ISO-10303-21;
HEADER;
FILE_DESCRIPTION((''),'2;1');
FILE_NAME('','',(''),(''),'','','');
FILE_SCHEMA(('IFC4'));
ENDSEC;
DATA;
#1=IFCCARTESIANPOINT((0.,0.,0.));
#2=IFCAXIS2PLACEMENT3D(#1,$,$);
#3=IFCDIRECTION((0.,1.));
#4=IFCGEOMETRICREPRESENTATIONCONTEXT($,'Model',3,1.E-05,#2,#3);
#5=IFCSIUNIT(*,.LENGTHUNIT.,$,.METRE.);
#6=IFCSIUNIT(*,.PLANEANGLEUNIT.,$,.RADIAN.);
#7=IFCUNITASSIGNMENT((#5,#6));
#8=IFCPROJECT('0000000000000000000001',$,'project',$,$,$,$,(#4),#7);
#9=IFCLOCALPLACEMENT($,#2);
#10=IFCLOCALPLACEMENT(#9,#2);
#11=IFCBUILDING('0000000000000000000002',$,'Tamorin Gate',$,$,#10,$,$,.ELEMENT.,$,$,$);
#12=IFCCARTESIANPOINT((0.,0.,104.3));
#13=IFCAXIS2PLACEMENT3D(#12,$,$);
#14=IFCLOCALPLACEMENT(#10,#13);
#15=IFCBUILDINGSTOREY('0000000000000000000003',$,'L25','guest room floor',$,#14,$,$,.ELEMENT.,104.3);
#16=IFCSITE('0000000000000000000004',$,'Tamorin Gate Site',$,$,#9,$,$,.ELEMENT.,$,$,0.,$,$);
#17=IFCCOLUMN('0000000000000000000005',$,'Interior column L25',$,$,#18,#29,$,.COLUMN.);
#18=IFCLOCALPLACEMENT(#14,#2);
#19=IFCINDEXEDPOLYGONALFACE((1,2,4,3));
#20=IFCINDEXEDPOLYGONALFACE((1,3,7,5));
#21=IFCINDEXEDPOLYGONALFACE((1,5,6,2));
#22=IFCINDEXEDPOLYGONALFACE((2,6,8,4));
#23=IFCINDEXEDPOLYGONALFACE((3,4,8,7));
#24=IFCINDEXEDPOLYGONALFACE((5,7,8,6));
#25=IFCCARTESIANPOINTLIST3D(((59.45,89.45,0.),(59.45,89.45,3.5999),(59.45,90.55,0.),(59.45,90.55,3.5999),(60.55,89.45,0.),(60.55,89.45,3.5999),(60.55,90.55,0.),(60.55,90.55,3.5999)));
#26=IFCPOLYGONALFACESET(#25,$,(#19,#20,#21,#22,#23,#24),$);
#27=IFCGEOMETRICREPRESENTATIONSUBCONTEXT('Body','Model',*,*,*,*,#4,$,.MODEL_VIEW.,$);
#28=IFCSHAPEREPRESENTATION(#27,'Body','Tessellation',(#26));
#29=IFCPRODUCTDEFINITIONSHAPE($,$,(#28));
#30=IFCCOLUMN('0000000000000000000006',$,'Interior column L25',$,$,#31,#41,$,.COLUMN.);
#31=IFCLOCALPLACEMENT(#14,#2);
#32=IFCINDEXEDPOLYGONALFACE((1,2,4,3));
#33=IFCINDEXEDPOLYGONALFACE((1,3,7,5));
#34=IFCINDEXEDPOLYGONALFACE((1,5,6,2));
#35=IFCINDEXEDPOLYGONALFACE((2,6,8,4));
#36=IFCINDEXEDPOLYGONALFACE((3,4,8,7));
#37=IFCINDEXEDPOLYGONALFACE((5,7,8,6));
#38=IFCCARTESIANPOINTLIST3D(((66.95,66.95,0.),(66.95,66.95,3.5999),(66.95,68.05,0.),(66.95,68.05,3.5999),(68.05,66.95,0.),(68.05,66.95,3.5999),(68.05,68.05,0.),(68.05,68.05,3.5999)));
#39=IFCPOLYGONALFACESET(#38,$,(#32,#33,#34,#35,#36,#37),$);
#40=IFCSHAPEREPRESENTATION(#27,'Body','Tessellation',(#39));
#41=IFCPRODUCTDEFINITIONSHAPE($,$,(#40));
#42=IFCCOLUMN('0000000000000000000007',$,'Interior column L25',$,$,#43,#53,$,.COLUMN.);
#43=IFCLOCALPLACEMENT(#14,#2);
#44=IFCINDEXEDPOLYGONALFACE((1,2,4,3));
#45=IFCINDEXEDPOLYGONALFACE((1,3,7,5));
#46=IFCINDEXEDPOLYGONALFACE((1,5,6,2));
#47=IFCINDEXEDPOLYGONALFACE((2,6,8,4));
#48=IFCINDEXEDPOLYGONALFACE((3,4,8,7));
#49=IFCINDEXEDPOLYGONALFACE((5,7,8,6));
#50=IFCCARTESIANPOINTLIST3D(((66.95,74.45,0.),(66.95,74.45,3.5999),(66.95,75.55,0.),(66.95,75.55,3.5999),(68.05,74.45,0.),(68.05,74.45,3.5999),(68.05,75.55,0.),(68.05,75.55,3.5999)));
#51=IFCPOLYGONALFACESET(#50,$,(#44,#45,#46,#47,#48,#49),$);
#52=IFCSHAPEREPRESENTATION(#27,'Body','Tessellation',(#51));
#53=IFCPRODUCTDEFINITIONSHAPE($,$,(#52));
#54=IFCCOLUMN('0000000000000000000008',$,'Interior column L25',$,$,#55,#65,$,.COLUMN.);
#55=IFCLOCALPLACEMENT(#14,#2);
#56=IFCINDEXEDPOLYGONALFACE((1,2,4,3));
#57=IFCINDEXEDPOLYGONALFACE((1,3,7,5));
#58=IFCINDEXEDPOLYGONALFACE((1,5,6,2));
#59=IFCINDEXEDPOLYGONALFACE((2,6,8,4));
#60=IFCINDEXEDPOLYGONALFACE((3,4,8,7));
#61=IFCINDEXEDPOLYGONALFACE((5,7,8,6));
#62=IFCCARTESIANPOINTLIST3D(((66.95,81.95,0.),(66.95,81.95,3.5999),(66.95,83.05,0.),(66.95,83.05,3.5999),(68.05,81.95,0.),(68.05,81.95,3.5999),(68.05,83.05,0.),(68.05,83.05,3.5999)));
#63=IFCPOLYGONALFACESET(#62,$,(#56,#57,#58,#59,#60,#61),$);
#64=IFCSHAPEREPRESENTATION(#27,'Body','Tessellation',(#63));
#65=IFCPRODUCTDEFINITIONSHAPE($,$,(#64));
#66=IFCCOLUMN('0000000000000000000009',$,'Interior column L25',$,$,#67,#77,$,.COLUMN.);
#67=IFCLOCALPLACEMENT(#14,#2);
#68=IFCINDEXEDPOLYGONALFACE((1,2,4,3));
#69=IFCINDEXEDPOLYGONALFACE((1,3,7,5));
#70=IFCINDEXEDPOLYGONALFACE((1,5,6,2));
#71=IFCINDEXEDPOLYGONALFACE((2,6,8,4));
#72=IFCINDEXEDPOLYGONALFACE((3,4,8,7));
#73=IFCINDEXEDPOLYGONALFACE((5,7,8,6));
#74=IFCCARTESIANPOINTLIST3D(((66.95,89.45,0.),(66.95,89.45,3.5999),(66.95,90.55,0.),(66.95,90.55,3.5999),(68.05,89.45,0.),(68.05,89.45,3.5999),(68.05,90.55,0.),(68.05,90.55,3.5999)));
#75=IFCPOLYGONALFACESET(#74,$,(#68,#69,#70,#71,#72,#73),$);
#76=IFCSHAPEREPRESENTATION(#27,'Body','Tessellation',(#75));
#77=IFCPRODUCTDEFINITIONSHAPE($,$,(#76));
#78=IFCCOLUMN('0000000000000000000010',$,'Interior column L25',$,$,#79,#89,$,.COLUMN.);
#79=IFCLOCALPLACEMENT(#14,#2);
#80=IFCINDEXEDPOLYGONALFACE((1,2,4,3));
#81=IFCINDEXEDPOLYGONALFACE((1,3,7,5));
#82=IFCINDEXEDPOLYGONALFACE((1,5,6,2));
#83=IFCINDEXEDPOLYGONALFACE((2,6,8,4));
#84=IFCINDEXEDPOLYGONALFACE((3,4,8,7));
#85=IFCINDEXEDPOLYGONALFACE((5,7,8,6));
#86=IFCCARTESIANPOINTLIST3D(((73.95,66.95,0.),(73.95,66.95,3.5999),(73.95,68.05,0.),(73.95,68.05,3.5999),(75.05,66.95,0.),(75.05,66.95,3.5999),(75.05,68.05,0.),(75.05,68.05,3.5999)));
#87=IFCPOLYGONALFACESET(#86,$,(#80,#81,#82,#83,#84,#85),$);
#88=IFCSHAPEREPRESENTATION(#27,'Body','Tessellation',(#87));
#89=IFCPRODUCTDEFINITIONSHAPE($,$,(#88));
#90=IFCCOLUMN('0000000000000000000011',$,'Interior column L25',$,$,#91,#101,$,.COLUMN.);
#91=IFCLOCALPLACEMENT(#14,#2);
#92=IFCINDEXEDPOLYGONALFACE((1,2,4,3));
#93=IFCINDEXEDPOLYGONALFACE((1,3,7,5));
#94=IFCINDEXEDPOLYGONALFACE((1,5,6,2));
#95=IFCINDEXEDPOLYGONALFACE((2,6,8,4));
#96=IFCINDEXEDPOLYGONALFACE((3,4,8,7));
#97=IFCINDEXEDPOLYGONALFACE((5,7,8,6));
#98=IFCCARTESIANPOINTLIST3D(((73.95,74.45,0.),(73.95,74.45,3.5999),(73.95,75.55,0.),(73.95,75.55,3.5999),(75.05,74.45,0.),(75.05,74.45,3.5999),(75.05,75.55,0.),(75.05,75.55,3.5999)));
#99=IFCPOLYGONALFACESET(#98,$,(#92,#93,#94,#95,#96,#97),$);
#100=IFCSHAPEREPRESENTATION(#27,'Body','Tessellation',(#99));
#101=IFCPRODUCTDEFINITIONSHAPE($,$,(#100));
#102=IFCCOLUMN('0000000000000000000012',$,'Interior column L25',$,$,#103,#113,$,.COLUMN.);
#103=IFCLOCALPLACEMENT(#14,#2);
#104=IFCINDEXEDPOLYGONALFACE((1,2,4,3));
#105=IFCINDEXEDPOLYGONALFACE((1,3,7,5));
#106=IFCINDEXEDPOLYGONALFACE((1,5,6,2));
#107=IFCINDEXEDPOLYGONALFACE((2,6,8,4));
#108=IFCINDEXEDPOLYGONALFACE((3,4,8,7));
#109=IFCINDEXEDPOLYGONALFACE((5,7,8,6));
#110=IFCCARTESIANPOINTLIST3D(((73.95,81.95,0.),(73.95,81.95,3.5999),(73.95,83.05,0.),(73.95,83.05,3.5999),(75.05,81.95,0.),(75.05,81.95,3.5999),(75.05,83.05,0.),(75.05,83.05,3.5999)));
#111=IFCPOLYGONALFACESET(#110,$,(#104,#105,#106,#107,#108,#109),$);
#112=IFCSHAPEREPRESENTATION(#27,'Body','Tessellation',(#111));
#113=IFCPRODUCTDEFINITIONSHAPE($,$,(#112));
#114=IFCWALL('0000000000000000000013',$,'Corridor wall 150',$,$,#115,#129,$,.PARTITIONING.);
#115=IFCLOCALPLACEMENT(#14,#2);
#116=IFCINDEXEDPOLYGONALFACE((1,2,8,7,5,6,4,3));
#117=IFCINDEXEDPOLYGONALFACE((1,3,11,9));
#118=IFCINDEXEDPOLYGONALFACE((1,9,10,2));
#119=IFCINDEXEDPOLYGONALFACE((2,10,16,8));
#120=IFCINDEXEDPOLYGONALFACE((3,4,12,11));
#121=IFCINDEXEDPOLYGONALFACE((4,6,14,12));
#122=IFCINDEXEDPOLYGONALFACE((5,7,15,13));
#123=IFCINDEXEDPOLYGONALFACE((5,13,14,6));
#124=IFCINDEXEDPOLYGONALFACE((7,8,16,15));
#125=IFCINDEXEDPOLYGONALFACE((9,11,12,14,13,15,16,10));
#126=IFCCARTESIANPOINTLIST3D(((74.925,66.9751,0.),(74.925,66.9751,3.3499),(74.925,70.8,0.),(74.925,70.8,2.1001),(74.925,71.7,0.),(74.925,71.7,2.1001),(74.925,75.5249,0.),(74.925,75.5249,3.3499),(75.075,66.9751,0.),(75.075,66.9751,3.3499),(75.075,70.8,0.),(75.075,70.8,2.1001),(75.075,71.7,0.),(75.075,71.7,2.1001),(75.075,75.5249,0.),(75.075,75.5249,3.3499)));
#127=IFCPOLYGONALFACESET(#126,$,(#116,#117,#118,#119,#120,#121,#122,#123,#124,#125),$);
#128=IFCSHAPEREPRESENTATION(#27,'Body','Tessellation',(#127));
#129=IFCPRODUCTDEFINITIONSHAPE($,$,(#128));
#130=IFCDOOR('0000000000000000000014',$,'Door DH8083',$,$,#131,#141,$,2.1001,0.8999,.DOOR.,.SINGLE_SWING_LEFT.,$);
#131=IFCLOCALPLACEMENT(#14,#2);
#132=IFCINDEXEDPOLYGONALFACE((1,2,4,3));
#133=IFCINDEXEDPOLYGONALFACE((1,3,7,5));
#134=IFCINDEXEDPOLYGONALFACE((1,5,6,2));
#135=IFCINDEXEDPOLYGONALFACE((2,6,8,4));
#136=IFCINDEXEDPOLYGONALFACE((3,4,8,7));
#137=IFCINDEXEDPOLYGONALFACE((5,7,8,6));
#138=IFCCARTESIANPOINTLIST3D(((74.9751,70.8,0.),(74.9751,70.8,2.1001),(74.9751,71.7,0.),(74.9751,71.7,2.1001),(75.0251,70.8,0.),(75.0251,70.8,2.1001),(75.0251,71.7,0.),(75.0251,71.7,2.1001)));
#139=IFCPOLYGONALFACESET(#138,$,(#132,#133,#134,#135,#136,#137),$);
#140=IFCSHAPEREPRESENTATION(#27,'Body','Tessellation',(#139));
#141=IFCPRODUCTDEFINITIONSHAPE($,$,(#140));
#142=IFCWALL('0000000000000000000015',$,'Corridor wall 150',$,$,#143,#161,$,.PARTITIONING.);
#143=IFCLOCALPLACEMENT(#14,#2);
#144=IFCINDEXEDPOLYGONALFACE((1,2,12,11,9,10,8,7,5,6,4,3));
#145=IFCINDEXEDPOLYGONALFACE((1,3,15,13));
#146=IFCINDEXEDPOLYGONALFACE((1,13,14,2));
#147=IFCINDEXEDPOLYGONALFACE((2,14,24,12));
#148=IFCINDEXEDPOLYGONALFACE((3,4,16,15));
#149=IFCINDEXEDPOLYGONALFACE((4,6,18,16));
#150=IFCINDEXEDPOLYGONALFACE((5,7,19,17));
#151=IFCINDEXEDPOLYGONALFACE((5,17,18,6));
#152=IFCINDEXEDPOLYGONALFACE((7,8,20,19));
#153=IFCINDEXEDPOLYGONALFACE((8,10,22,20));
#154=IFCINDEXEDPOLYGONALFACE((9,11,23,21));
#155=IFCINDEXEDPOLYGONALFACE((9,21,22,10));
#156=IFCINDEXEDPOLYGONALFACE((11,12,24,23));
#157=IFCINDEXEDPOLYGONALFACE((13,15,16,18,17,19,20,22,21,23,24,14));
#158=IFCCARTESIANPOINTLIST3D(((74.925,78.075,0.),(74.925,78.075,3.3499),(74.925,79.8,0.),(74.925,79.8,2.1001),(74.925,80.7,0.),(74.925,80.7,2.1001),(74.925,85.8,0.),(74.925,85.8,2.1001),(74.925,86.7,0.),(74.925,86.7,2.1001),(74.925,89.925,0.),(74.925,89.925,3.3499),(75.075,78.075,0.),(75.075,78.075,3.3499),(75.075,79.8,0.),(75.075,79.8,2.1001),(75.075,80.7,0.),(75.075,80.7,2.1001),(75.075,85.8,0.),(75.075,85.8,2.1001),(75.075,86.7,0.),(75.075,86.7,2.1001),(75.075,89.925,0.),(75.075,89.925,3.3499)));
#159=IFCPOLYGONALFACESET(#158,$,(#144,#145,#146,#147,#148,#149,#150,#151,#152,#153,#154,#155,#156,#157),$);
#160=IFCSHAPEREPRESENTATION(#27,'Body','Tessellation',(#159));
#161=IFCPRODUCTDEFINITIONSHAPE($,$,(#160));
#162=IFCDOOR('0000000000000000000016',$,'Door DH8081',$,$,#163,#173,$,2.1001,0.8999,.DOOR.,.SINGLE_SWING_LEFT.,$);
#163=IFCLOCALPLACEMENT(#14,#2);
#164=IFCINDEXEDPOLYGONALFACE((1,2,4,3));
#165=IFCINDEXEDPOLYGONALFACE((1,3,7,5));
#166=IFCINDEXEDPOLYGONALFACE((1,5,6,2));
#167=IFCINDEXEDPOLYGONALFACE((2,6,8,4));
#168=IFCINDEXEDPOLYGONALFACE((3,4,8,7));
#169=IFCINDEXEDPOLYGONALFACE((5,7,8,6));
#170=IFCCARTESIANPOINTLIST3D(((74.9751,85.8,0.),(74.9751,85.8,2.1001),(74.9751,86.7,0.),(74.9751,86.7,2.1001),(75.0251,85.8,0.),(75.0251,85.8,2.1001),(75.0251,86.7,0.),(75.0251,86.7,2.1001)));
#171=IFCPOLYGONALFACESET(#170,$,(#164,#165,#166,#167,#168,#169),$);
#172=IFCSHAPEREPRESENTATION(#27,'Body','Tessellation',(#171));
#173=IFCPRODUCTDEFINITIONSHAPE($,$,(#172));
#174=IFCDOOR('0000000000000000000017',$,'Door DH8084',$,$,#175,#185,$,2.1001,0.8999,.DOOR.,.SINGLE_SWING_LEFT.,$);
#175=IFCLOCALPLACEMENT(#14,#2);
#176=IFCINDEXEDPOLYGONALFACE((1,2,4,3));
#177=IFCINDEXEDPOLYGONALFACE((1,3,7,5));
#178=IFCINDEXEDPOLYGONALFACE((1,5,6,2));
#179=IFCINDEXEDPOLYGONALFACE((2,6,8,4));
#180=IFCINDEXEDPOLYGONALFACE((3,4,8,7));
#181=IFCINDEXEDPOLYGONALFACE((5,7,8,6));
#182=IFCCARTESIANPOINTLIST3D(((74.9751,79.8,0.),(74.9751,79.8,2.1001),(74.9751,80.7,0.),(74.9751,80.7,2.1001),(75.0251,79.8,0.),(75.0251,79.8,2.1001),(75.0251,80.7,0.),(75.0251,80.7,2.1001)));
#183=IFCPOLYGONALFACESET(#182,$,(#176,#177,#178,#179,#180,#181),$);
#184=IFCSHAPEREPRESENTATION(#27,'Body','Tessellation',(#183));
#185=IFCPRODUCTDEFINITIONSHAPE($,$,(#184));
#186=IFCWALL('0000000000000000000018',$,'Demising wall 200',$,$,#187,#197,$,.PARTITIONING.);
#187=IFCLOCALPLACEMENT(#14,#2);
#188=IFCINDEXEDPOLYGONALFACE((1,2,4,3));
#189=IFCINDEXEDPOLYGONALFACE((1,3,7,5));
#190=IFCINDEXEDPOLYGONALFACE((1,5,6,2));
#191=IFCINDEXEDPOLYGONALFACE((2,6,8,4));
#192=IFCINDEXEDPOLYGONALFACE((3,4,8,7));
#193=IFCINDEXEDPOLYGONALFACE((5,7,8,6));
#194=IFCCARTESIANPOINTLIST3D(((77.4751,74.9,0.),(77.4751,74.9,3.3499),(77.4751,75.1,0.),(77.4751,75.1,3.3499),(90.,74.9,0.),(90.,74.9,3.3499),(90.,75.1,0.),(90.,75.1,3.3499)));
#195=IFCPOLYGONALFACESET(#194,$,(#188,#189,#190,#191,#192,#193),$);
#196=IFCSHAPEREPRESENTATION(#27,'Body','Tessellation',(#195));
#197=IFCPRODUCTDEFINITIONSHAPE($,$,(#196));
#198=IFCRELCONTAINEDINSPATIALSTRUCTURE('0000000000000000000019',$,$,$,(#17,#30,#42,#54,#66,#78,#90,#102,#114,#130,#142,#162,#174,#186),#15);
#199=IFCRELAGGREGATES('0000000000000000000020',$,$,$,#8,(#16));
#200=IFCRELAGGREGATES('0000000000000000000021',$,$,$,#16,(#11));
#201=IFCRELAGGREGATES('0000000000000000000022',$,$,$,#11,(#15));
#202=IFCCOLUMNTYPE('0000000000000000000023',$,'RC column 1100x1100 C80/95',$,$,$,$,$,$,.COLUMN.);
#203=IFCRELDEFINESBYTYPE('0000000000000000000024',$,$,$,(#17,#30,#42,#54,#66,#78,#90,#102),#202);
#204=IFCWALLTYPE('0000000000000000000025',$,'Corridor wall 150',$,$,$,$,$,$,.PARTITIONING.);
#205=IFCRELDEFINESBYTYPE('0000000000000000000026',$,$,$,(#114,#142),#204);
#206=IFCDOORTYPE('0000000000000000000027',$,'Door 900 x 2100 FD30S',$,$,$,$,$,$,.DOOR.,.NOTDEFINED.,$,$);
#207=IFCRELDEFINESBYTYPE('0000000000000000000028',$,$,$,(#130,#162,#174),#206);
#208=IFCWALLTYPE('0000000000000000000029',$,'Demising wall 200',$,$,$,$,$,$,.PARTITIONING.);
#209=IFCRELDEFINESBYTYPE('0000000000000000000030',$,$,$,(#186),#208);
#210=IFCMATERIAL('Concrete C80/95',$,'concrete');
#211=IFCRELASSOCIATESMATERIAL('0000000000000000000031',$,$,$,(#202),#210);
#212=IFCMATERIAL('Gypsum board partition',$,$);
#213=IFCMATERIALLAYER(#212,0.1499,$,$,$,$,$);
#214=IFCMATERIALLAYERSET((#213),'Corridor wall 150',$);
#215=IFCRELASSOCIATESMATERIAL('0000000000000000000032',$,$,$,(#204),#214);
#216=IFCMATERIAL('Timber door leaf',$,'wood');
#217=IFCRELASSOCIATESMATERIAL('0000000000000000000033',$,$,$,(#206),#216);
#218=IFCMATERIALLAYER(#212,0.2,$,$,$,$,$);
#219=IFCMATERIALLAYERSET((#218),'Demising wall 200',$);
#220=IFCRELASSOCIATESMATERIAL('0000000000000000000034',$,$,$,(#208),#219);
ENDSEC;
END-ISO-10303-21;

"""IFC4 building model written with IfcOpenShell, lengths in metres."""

from ifc_helpers import new_model, si_unit, direction, frame, frame_2d, origin, origin_2d, place, context, subcontext, project, spatial, rectangle, extrude, material, layer, layer_set, material_profile, profile_set, type_object, element, fill, save


model = new_model("IFC4")

# Units and contexts
model_context = context("Model", 3, precision=1e-05, world=origin(), true_north=direction((0.0, 1.0)))
body_context = subcontext(model_context, "Body", "Model", "MODEL_VIEW")
ifc_project = project(units=[si_unit("LENGTHUNIT", "METRE"), si_unit("PLANEANGLEUNIT", "RADIAN")], contexts=[model_context])

# Site, building, storey
site_placement = place(None, origin())
site = spatial("IfcSite", under=ifc_project, at=site_placement, Name="Tamorin Gate Site", CompositionType="ELEMENT", RefElevation=0.0)
building_placement = place(site_placement, origin())
building = spatial("IfcBuilding", under=site, at=building_placement, Name="Tamorin Gate", CompositionType="ELEMENT")
storey_placement = place(building_placement, frame((0.0, 0.0, 104.3)))
storey = spatial("IfcBuildingStorey", under=building, at=storey_placement, Name="L25", Description="guest room floor", CompositionType="ELEMENT", Elevation=104.3)

# Columns
ifc_material_1 = material(Name="Concrete C80/95", Category="concrete")
ifc_material_profile = material_profile(ifc_material_1, rectangle(XDim=1.1001, YDim=1.1001, at=origin_2d()), Name="RC 1100x1100")
ifc_profile_set = profile_set([ifc_material_profile], Name="Concrete C80/95")
column_type = type_object("IfcColumnType", Name="RC column 1100x1100 C80/95", PredefinedType="COLUMN", material=ifc_profile_set)
for number, where, z_axis, x_axis, name in (
    (1, (60.0, 90.0, 0.0), (0.0, 0.0, 1.0), (1.0, 0.0, 0.0), "Interior column L25"),
    (2, (67.5, 67.5, 0.0), (0.0, 0.0, 1.0), (1.0, 0.0, 0.0), "Interior column L25"),
    (3, (67.5, 75.0, 0.0), (0.0, 0.0, 1.0), (1.0, 0.0, 0.0), "Interior column L25"),
    (4, (67.5, 82.5, 0.0), (0.0, 0.0, 1.0), (1.0, 0.0, 0.0), "Interior column L25"),
    (5, (67.5, 90.0, 0.0), (0.0, 0.0, 1.0), (1.0, 0.0, 0.0), "Interior column L25"),
    (6, (74.5, 67.5, 0.0), (0.0, 0.0, 1.0), (1.0, 0.0, 0.0), "Interior column L25"),
    (7, (74.5, 75.0, 0.0), (0.0, 0.0, 1.0), (1.0, 0.0, 0.0), "Interior column L25"),
    (8, (74.5, 82.5, 0.0), (0.0, 0.0, 1.0), (1.0, 0.0, 0.0), "Interior column L25"),
):
    element("IfcColumn", number, at=place(storey_placement, frame(where, z_axis=z_axis, x_axis=x_axis)), inside=storey, type_object=column_type, Name=name, PredefinedType="COLUMN", context=body_context, shape_type="SweptSolid", body=[
        extrude(rectangle(XDim=1.1001, YDim=1.1001, at=origin_2d()), origin(), (0.0, 0.0, 1.0), 3.5999),
    ])

# Wall, opening, door
ifc_material_2 = material(Name="Gypsum board partition")
ifc_layer_1 = layer(ifc_material_2, 0.1499)
ifc_layer_set_1 = layer_set([ifc_layer_1], Name="Corridor wall 150")
wall_type_1 = type_object("IfcWallType", Name="Corridor wall 150", PredefinedType="PARTITIONING", material=ifc_layer_set_1)
wall_1_placement = place(storey_placement, frame((75.0, 66.9751, 0.0), z_axis=(0.0, 0.0, 1.0), x_axis=(0.0, 1.0, 0.0)))
wall_1 = element("IfcWall", 9, at=wall_1_placement, inside=storey, type_object=wall_type_1, Name="Corridor wall 150", PredefinedType="PARTITIONING", context=body_context, shape_type="SweptSolid", body=[
    extrude(rectangle(XDim=8.5498, YDim=0.1499, at=frame_2d((4.2749, 0.0))), origin(), (0.0, 0.0, 1.0), 3.3499),
])
opening_1_placement = place(wall_1_placement, frame((3.825, 0.0, 0.0)))
opening_1 = element("IfcOpeningElement", 10, at=opening_1_placement, cuts=wall_1, PredefinedType="OPENING", context=body_context, shape_type="SweptSolid", body=[
    extrude(rectangle(XDim=0.8999, YDim=2.1001, at=frame_2d((0.45, 1.05))), frame((0.0, 0.085, 0.0), z_axis=(0.0, -1.0, 0.0), x_axis=(1.0, 0.0, 0.0)), (0.0, 0.0, 1.0), 0.1699),
])
ifc_material_3 = material(Name="Timber door leaf", Category="wood")
door_type_1 = type_object("IfcDoorType", Name="Door 900 x 2100 FD30S", OperationType="NOTDEFINED", PredefinedType="DOOR", material=ifc_material_3)
door_1_placement = place(opening_1_placement, origin())
door_1 = element("IfcDoor", 11, at=door_1_placement, inside=storey, type_object=door_type_1, Name="Door DH8083", OperationType="SINGLE_SWING_LEFT", OverallHeight=2.1001, OverallWidth=0.8999, PredefinedType="DOOR", context=body_context, shape_type="SweptSolid", body=[
    extrude(rectangle(XDim=0.8999, YDim=2.1001, at=frame_2d((0.45, 1.05))), frame((0.0, 0.0249, 0.0), z_axis=(0.0, -1.0, 0.0), x_axis=(1.0, 0.0, 0.0)), (0.0, 0.0, 1.0), 0.05),
])
fill(opening_1, door_1)

# Wall, openings, doors
wall_2_placement = place(storey_placement, frame((75.0, 78.075, 0.0), z_axis=(0.0, 0.0, 1.0), x_axis=(0.0, 1.0, 0.0)))
wall_2 = element("IfcWall", 12, at=wall_2_placement, inside=storey, type_object=wall_type_1, Name="Corridor wall 150", PredefinedType="PARTITIONING", context=body_context, shape_type="SweptSolid", body=[
    extrude(rectangle(XDim=11.8501, YDim=0.1499, at=frame_2d((5.925, 0.0))), origin(), (0.0, 0.0, 1.0), 3.3499),
])
opening_2_placement = place(wall_2_placement, frame((7.7251, 0.0, 0.0)))
opening_2 = element("IfcOpeningElement", 13, at=opening_2_placement, cuts=wall_2, PredefinedType="OPENING", context=body_context, shape_type="SweptSolid", body=[
    extrude(rectangle(XDim=0.8999, YDim=2.1001, at=frame_2d((0.45, 1.05))), frame((0.0, 0.085, 0.0), z_axis=(0.0, -1.0, 0.0), x_axis=(1.0, 0.0, 0.0)), (0.0, 0.0, 1.0), 0.1699),
])
opening_3_placement = place(wall_2_placement, frame((1.7251, 0.0, 0.0)))
opening_3 = element("IfcOpeningElement", 14, at=opening_3_placement, cuts=wall_2, PredefinedType="OPENING", context=body_context, shape_type="SweptSolid", body=[
    extrude(rectangle(XDim=0.8999, YDim=2.1001, at=frame_2d((0.45, 1.05))), frame((0.0, 0.085, 0.0), z_axis=(0.0, -1.0, 0.0), x_axis=(1.0, 0.0, 0.0)), (0.0, 0.0, 1.0), 0.1699),
])
door_2_placement = place(opening_2_placement, origin())
door_2 = element("IfcDoor", 15, at=door_2_placement, inside=storey, type_object=door_type_1, Name="Door DH8081", OperationType="SINGLE_SWING_LEFT", OverallHeight=2.1001, OverallWidth=0.8999, PredefinedType="DOOR", context=body_context, shape_type="SweptSolid", body=[
    extrude(rectangle(XDim=0.8999, YDim=2.1001, at=frame_2d((0.45, 1.05))), frame((0.0, 0.0249, 0.0), z_axis=(0.0, -1.0, 0.0), x_axis=(1.0, 0.0, 0.0)), (0.0, 0.0, 1.0), 0.05),
])
fill(opening_2, door_2)
door_3_placement = place(opening_3_placement, origin())
door_3 = element("IfcDoor", 16, at=door_3_placement, inside=storey, type_object=door_type_1, Name="Door DH8084", OperationType="SINGLE_SWING_LEFT", OverallHeight=2.1001, OverallWidth=0.8999, PredefinedType="DOOR", context=body_context, shape_type="SweptSolid", body=[
    extrude(rectangle(XDim=0.8999, YDim=2.1001, at=frame_2d((0.45, 1.05))), frame((0.0, 0.0249, 0.0), z_axis=(0.0, -1.0, 0.0), x_axis=(1.0, 0.0, 0.0)), (0.0, 0.0, 1.0), 0.05),
])
fill(opening_3, door_3)

# Wall
ifc_layer_2 = layer(ifc_material_2, 0.2)
ifc_layer_set_2 = layer_set([ifc_layer_2], Name="Demising wall 200")
wall_type_2 = type_object("IfcWallType", Name="Demising wall 200", PredefinedType="PARTITIONING", material=ifc_layer_set_2)
wall_3_placement = place(storey_placement, frame((77.4751, 75.0, 0.0), z_axis=(0.0, 0.0, 1.0), x_axis=(1.0, 0.0, 0.0)))
element("IfcWall", 17, at=wall_3_placement, inside=storey, type_object=wall_type_2, Name="Demising wall 200", PredefinedType="PARTITIONING", context=body_context, shape_type="SweptSolid", body=[
    extrude(rectangle(XDim=12.5249, YDim=0.2, at=frame_2d((6.2625, 0.0))), origin(), (0.0, 0.0, 1.0), 3.3499),
])

save(model, "model.ifc")
